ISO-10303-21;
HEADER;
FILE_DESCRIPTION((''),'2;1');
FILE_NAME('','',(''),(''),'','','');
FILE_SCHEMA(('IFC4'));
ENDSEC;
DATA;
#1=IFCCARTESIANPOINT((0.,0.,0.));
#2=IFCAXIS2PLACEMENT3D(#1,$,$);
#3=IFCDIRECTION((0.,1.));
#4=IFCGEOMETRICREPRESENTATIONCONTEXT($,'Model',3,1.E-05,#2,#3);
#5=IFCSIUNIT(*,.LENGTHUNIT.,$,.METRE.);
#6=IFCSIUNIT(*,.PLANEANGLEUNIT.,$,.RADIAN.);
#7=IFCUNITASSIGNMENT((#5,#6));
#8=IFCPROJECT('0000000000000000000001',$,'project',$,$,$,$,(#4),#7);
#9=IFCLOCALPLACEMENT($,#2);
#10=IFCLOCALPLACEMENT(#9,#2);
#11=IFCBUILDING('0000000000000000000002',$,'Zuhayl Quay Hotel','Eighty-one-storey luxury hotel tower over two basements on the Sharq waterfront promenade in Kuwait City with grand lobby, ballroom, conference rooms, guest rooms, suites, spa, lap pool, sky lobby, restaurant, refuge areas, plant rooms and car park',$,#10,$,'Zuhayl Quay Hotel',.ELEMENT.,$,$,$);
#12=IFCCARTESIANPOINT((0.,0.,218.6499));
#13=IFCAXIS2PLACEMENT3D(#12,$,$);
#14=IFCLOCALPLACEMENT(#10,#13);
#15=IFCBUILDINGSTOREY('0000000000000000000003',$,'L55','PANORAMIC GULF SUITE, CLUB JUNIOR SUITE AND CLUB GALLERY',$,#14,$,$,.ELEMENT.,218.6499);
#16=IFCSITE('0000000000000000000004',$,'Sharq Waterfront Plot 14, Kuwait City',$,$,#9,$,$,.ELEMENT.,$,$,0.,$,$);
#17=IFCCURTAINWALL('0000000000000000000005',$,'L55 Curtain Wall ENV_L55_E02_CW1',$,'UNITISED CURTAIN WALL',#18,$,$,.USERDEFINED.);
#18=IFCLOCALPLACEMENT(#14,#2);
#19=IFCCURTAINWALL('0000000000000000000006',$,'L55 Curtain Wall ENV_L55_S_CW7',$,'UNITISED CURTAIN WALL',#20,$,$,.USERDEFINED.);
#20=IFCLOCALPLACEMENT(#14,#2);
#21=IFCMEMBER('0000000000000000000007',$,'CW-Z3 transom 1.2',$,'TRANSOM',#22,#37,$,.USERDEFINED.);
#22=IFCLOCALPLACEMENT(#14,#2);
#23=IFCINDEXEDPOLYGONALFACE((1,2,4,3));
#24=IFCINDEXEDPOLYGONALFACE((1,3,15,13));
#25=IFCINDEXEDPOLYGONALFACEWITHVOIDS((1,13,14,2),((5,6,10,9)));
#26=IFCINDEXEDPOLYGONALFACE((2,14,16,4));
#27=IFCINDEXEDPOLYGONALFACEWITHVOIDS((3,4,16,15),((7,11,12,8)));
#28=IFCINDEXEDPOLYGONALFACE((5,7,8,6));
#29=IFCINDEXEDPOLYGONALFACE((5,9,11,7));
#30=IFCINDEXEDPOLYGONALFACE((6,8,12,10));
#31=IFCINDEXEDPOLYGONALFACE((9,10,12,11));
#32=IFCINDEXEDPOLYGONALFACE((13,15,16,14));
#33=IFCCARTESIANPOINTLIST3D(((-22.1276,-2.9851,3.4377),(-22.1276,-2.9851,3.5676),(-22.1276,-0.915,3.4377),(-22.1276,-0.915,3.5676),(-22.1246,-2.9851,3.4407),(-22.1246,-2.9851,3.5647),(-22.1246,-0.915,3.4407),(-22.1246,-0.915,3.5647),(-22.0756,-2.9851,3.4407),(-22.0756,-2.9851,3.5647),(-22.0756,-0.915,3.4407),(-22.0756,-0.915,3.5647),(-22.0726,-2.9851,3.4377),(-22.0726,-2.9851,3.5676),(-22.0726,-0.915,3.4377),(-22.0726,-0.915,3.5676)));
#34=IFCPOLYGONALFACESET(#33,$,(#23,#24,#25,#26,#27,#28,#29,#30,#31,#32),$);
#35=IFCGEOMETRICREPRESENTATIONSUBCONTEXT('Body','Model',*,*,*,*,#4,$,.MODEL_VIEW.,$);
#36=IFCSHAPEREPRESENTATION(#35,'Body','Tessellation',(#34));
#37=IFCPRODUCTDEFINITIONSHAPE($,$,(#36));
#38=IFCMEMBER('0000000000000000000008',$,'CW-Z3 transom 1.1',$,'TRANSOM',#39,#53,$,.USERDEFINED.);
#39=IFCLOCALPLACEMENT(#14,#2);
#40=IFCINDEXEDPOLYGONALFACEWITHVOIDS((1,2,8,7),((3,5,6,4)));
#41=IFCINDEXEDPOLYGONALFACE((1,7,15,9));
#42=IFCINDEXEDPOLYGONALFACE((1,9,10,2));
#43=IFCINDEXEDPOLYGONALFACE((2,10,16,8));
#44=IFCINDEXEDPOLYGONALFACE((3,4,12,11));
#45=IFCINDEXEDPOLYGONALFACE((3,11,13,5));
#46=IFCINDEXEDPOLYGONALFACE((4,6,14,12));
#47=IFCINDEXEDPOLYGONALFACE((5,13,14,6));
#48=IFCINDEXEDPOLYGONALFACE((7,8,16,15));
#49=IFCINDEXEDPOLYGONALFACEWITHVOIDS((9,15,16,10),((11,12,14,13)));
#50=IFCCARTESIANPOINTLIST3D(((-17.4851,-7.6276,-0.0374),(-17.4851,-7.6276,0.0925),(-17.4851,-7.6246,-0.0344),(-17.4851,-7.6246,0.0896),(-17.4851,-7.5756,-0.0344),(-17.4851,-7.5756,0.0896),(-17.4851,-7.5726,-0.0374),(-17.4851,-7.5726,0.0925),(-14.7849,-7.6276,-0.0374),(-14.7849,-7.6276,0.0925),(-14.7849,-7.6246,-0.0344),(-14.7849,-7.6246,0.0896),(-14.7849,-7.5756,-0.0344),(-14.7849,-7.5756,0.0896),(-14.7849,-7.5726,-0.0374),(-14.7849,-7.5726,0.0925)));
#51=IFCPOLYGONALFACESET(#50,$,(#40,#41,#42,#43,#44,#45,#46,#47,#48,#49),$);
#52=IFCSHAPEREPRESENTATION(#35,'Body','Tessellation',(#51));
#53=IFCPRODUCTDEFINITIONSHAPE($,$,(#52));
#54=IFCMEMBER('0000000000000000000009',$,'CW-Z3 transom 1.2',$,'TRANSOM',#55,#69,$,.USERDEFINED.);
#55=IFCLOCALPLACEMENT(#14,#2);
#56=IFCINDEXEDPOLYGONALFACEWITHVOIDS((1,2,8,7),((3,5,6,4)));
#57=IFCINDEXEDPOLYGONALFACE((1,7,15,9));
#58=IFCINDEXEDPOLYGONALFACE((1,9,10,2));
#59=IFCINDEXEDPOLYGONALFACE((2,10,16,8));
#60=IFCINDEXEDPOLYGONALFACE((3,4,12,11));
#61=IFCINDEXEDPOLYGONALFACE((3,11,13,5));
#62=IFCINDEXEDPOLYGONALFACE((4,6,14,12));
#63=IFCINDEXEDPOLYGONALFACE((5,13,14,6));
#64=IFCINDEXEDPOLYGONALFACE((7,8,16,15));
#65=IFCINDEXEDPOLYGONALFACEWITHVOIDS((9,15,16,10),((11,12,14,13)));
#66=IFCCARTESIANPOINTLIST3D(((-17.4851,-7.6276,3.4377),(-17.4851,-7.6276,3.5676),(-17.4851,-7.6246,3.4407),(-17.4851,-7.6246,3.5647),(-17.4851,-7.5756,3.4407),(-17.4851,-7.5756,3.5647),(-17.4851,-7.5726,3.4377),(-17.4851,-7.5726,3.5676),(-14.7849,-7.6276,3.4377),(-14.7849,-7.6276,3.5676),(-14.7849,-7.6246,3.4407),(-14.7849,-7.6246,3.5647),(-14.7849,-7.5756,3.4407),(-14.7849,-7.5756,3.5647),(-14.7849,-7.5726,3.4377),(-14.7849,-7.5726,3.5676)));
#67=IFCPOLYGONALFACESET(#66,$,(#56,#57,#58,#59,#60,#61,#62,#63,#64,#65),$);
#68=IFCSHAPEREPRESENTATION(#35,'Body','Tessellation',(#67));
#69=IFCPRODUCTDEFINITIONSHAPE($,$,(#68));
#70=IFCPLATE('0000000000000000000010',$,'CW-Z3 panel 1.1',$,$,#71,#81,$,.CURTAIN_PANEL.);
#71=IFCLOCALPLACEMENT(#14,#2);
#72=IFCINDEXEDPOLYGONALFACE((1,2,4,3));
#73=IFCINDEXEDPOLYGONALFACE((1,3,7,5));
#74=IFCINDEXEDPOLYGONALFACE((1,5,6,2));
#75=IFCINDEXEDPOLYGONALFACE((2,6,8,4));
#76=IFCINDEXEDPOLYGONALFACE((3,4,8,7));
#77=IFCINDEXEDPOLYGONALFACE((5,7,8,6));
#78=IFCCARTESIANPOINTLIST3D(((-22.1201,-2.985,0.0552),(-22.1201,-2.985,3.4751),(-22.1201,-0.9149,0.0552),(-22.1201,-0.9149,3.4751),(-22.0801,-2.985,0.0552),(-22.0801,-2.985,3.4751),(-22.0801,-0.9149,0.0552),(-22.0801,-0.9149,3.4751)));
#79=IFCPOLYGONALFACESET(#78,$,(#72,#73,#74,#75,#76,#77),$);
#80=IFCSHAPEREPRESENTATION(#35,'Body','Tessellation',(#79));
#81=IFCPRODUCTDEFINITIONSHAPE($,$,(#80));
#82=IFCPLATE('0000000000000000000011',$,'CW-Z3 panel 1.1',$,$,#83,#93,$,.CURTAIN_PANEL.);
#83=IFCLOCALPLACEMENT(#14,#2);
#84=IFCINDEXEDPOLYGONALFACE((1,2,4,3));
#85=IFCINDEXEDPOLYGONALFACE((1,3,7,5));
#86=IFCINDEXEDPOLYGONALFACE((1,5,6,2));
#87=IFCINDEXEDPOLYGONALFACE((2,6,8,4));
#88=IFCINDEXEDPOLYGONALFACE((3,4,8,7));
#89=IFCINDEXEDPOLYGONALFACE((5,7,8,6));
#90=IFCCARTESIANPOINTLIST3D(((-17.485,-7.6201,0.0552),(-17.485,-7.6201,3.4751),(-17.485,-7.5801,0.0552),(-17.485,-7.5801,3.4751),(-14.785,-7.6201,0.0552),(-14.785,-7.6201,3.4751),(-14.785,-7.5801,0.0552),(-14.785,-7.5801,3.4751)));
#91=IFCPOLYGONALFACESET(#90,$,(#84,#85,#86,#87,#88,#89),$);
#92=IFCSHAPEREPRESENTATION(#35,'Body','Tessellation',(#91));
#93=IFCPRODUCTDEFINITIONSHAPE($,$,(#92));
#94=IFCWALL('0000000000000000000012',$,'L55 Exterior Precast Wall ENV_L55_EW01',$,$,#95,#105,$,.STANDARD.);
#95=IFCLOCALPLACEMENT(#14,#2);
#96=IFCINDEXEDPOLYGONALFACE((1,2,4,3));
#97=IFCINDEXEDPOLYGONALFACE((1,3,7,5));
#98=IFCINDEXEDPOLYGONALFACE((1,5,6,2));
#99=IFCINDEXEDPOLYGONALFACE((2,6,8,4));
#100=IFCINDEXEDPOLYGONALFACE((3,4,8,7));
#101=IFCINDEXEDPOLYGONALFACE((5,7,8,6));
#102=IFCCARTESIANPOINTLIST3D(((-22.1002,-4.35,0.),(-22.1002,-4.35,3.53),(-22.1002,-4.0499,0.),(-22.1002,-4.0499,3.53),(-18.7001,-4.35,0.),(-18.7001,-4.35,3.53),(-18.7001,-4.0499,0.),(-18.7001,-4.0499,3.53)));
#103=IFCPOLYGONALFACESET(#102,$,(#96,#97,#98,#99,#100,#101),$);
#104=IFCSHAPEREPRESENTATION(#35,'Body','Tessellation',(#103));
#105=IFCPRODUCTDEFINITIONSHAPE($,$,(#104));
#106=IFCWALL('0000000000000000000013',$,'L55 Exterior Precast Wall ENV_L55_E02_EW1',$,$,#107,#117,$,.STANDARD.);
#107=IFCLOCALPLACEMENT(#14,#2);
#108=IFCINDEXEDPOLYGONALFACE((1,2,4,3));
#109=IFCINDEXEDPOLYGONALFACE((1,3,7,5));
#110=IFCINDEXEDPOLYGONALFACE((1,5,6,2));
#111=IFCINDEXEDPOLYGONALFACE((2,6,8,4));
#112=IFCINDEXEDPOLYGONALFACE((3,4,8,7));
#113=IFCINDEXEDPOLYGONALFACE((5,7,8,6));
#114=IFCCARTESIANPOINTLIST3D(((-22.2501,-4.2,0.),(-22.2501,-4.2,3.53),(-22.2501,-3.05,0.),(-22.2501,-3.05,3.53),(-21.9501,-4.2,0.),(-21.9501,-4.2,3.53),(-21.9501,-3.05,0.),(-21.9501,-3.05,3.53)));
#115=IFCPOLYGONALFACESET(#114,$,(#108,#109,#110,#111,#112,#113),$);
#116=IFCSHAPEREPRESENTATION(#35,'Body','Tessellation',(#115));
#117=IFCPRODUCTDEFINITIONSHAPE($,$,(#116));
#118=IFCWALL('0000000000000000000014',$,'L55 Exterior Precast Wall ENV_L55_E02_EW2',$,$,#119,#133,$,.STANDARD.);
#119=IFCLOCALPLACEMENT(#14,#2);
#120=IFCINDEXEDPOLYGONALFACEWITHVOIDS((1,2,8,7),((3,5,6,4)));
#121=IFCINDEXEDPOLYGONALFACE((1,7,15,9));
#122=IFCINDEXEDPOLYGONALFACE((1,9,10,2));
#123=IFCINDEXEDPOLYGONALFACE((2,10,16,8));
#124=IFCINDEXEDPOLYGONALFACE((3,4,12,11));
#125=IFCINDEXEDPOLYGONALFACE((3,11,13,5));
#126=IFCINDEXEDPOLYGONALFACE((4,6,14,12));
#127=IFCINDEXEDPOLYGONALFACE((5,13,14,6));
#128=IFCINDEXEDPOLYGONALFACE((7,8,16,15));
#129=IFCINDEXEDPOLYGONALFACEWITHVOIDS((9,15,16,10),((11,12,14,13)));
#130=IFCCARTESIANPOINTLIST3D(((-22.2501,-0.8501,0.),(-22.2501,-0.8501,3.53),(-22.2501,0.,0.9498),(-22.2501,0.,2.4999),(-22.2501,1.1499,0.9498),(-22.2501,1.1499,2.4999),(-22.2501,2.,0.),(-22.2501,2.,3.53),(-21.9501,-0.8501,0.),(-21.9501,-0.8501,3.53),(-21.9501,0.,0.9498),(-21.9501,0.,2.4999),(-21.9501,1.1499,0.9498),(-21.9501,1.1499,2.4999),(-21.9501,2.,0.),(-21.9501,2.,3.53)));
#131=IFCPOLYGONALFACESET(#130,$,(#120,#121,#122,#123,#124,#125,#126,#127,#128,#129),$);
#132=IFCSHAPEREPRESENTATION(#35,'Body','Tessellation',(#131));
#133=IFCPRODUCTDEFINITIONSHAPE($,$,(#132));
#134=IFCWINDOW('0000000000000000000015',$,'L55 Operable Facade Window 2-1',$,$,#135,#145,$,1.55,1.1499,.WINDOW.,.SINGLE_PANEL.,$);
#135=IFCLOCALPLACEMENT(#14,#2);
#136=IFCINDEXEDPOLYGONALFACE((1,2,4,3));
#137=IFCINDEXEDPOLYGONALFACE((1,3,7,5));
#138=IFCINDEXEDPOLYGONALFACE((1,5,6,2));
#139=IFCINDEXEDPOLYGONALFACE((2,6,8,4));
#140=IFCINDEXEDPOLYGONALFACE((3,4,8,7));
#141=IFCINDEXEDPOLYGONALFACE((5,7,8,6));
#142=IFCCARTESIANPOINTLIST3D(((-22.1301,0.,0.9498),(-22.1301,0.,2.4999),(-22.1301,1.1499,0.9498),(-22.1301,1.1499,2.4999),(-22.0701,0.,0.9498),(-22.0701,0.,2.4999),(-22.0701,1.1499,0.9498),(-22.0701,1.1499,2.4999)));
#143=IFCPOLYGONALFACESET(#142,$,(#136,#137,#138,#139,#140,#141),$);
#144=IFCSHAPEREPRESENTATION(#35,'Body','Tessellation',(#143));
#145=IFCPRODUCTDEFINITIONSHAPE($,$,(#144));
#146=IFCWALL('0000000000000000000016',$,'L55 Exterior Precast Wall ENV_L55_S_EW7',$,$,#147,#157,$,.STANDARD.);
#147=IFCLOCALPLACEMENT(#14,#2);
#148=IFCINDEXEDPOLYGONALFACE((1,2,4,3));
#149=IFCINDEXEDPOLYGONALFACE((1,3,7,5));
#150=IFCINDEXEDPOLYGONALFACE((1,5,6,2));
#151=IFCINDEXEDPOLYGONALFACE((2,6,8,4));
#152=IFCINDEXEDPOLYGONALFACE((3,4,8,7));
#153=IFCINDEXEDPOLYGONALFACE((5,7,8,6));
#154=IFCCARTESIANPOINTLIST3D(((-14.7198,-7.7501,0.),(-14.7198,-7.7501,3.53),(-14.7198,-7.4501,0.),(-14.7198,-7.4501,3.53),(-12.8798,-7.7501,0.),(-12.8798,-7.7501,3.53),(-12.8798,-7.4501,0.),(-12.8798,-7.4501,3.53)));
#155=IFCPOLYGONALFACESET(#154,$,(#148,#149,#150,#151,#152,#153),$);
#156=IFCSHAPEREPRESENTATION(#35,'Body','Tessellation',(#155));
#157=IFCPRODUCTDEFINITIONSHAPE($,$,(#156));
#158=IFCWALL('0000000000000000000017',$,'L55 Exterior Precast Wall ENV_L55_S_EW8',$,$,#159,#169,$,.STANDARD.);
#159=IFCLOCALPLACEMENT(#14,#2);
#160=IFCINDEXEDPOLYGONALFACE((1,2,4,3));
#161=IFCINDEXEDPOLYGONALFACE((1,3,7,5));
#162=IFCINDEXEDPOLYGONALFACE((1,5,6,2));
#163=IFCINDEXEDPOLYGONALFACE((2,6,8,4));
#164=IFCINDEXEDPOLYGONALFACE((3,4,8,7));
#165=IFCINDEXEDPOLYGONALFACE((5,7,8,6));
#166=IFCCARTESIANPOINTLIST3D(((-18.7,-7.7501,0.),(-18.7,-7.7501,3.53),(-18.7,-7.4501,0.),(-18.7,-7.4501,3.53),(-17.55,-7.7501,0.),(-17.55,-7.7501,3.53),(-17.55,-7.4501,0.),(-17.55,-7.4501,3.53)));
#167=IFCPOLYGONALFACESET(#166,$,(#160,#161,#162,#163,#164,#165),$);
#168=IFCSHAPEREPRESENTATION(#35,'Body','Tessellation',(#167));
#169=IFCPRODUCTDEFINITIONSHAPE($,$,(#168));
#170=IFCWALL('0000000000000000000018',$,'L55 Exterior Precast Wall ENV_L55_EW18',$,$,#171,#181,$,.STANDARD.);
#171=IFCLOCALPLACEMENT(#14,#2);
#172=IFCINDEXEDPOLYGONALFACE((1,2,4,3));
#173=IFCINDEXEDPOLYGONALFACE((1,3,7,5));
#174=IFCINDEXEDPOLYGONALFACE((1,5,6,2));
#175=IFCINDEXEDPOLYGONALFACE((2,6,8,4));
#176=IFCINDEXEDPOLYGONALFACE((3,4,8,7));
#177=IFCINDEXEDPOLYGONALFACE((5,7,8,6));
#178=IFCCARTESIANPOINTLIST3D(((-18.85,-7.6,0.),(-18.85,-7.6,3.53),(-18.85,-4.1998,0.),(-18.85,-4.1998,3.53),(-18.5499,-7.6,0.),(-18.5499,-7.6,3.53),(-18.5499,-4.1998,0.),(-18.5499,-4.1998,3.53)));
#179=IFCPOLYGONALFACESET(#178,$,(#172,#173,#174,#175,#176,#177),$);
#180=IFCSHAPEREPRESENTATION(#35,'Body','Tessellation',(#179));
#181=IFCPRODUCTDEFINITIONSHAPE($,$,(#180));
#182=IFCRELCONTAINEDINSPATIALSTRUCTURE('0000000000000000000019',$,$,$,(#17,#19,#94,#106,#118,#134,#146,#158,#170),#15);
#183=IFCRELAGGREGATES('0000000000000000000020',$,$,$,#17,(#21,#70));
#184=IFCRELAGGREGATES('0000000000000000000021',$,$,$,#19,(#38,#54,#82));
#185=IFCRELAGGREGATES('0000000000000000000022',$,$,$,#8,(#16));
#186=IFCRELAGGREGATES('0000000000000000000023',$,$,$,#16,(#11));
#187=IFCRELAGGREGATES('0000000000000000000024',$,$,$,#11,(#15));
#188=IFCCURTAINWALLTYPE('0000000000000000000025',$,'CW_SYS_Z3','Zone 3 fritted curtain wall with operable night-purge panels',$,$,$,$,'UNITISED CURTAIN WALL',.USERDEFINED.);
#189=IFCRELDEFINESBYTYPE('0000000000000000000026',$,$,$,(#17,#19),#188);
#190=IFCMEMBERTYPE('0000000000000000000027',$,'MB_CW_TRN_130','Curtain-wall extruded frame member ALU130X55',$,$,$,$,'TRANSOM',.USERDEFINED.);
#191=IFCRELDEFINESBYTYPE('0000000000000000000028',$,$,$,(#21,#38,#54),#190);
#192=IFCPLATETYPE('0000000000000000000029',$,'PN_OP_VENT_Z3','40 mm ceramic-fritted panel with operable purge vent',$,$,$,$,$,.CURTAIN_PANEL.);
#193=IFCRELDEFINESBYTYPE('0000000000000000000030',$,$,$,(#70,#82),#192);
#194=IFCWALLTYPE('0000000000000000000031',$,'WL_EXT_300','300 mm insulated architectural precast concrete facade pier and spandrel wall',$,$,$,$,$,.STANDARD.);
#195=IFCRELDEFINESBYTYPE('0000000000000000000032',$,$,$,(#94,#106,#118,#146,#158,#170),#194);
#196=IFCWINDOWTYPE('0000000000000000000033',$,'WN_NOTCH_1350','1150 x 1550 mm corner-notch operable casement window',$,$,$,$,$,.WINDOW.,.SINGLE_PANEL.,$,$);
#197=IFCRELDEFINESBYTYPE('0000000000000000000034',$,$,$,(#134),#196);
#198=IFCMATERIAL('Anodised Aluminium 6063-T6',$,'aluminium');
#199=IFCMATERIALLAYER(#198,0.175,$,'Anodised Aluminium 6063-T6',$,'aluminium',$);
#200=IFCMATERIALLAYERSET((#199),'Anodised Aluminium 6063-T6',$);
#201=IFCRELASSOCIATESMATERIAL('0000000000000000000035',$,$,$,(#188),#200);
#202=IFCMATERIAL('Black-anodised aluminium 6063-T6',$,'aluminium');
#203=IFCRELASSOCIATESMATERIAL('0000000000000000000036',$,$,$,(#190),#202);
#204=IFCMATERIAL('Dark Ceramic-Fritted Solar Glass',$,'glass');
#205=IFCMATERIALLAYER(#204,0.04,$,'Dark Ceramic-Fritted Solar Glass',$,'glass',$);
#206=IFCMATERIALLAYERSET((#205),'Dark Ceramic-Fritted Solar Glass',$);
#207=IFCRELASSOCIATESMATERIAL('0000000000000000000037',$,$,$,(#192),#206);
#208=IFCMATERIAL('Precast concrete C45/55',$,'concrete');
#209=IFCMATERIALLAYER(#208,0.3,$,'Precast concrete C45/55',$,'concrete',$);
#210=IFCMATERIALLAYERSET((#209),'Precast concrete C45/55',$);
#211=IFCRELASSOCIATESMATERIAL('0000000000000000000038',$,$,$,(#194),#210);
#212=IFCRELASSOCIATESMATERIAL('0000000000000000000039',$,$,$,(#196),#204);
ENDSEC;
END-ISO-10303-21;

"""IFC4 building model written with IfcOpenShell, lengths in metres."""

from ifc_helpers import new_model, si_unit, direction, frame, frame_2d, origin, origin_2d, place, context, subcontext, project, spatial, rectangle, hollow_rectangle, extrude, material, layer, layer_set, material_profile, profile_set, type_object, element, fill, aggregate, save


model = new_model("IFC4")

# Units and contexts
model_context = context("Model", 3, precision=1e-05, world=origin(), true_north=direction((0.0, 1.0)))
body_context = subcontext(model_context, "Body", "Model", "MODEL_VIEW")
ifc_project = project(units=[si_unit("LENGTHUNIT", "METRE"), si_unit("PLANEANGLEUNIT", "RADIAN")], contexts=[model_context])

# Site, building, storey
site_placement = place(None, origin())
site = spatial("IfcSite", under=ifc_project, at=site_placement, Name="Sharq Waterfront Plot 14, Kuwait City", CompositionType="ELEMENT", RefElevation=0.0)
building_placement = place(site_placement, origin())
building = spatial("IfcBuilding", under=site, at=building_placement, Name="Zuhayl Quay Hotel", Description="Eighty-one-storey luxury hotel tower over two basements on the Sharq waterfront promenade in Kuwait City with grand lobby, ballroom, conference rooms, guest rooms, suites, spa, lap pool, sky lobby, restaurant, refuge areas, plant rooms and car park", LongName="Zuhayl Quay Hotel", CompositionType="ELEMENT")
storey_placement = place(building_placement, frame((0.0, 0.0, 218.6499)))
storey = spatial("IfcBuildingStorey", under=building, at=storey_placement, Name="L55", Description="PANORAMIC GULF SUITE, CLUB JUNIOR SUITE AND CLUB GALLERY", CompositionType="ELEMENT", Elevation=218.6499)

# Curtain wall
ifc_material_1 = material(Name="Anodised Aluminium 6063-T6", Category="aluminium")
ifc_layer_1 = layer(ifc_material_1, 0.175, Name="Anodised Aluminium 6063-T6", Category="aluminium")
ifc_layer_set_1 = layer_set([ifc_layer_1], Name="Anodised Aluminium 6063-T6")
curtain_wall_type = type_object("IfcCurtainWallType", Name="CW_SYS_Z3", Description="Zone 3 fritted curtain wall with operable night-purge panels", ElementType="UNITISED CURTAIN WALL", PredefinedType="USERDEFINED", material=ifc_layer_set_1)
curtain_wall_1_placement = place(storey_placement, origin())
curtain_wall_1 = element("IfcCurtainWall", 1, at=curtain_wall_1_placement, inside=storey, type_object=curtain_wall_type, Name="L55 Curtain Wall ENV_L55_E02_CW1", ObjectType="UNITISED CURTAIN WALL", PredefinedType="USERDEFINED")
ifc_material_2 = material(Name="Black-anodised aluminium 6063-T6", Category="aluminium")

# Curtain wall
curtain_wall_2_placement = place(storey_placement, origin())
curtain_wall_2 = element("IfcCurtainWall", 2, at=curtain_wall_2_placement, inside=storey, type_object=curtain_wall_type, Name="L55 Curtain Wall ENV_L55_S_CW7", ObjectType="UNITISED CURTAIN WALL", PredefinedType="USERDEFINED")

# Members
ifc_material_profile_1 = material_profile(ifc_material_2, hollow_rectangle(XDim=0.0549, YDim=0.1299, WallThickness=0.0029, at=origin_2d()), Name="ALU130X55")
ifc_profile_set_1 = profile_set([ifc_material_profile_1], Name="Black-anodised aluminium 6063-T6")
member_type_1 = type_object("IfcMemberType", Name="MB_CW_TRN_130", Description="Curtain-wall extruded frame member ALU130X55", ElementType="TRANSOM", PredefinedType="USERDEFINED", material=ifc_profile_set_1)
member_1_placement = place(storey_placement, frame((-22.1001, -2.9851, 3.5027), z_axis=(0.0, 1.0, 0.0), x_axis=(-1.0, 0.0, 0.0)))
member_1 = element("IfcMember", 3, at=member_1_placement, type_object=member_type_1, Name="CW-Z3 transom 1.2", ObjectType="TRANSOM", PredefinedType="USERDEFINED", context=body_context, shape_type="SweptSolid", body=[
    extrude(hollow_rectangle(XDim=0.0549, YDim=0.1299, WallThickness=0.0029, at=origin_2d()), origin(), (0.0, 0.0, 1.0), 2.0701),
])
member_2_placement = place(storey_placement, frame((-14.7849, -7.6001, 0.0276), z_axis=(-1.0, 0.0, 0.0), x_axis=(0.0, -1.0, 0.0)))
member_2 = element("IfcMember", 4, at=member_2_placement, type_object=member_type_1, Name="CW-Z3 transom 1.1", ObjectType="TRANSOM", PredefinedType="USERDEFINED", context=body_context, shape_type="SweptSolid", body=[
    extrude(hollow_rectangle(XDim=0.0549, YDim=0.1299, WallThickness=0.0029, at=origin_2d()), origin(), (0.0, 0.0, 1.0), 2.7002),
])
member_3_placement = place(storey_placement, frame((-14.7849, -7.6001, 3.5027), z_axis=(-1.0, 0.0, 0.0), x_axis=(0.0, -1.0, 0.0)))
member_3 = element("IfcMember", 5, at=member_3_placement, type_object=member_type_1, Name="CW-Z3 transom 1.2", ObjectType="TRANSOM", PredefinedType="USERDEFINED", context=body_context, shape_type="SweptSolid", body=[
    extrude(hollow_rectangle(XDim=0.0549, YDim=0.1299, WallThickness=0.0029, at=origin_2d()), origin(), (0.0, 0.0, 1.0), 2.7002),
])

# Plates
ifc_material_3 = material(Name="Dark Ceramic-Fritted Solar Glass", Category="glass")
ifc_layer_2 = layer(ifc_material_3, 0.04, Name="Dark Ceramic-Fritted Solar Glass", Category="glass")
ifc_layer_set_2 = layer_set([ifc_layer_2], Name="Dark Ceramic-Fritted Solar Glass")
plate_type = type_object("IfcPlateType", Name="PN_OP_VENT_Z3", Description="40 mm ceramic-fritted panel with operable purge vent", PredefinedType="CURTAIN_PANEL", material=ifc_layer_set_2)
plate_1_placement = place(storey_placement, frame((-22.1001, -1.95, 0.0552), z_axis=(0.0, 0.0, 1.0), x_axis=(0.0, 1.0, 0.0)))
plate_1 = element("IfcPlate", 6, at=plate_1_placement, type_object=plate_type, Name="CW-Z3 panel 1.1", PredefinedType="CURTAIN_PANEL", context=body_context, shape_type="SweptSolid", body=[
    extrude(rectangle(XDim=2.0701, YDim=0.04, at=origin_2d()), origin(), (0.0, 0.0, 1.0), 3.4199),
])
aggregate(curtain_wall_1, [member_1, plate_1])
plate_2_placement = place(storey_placement, frame((-16.135, -7.6001, 0.0552), z_axis=(0.0, 0.0, 1.0), x_axis=(-1.0, 0.0, 0.0)))
plate_2 = element("IfcPlate", 7, at=plate_2_placement, type_object=plate_type, Name="CW-Z3 panel 1.1", PredefinedType="CURTAIN_PANEL", context=body_context, shape_type="SweptSolid", body=[
    extrude(rectangle(XDim=2.7, YDim=0.04, at=origin_2d()), origin(), (0.0, 0.0, 1.0), 3.4199),
])
aggregate(curtain_wall_2, [member_2, member_3, plate_2])

# Walls
ifc_material_4 = material(Name="Precast concrete C45/55", Category="concrete")
ifc_layer_3 = layer(ifc_material_4, 0.3, Name="Precast concrete C45/55", Category="concrete")
ifc_layer_set_3 = layer_set([ifc_layer_3], Name="Precast concrete C45/55")
wall_type_1 = type_object("IfcWallType", Name="WL_EXT_300", Description="300 mm insulated architectural precast concrete facade pier and spandrel wall", PredefinedType="STANDARD", material=ifc_layer_set_3)
wall_1_placement = place(storey_placement, frame((-18.7, -4.2, 0.0), z_axis=(0.0, 0.0, 1.0), x_axis=(-1.0, 0.0, 0.0)))
element("IfcWall", 8, at=wall_1_placement, inside=storey, type_object=wall_type_1, Name="L55 Exterior Precast Wall ENV_L55_EW01", PredefinedType="STANDARD", context=body_context, shape_type="SweptSolid", body=[
    extrude(rectangle(XDim=3.4001, YDim=0.3, at=frame_2d((1.7002, 0.0))), origin(), (0.0, 0.0, 1.0), 3.53),
])
wall_2_placement = place(storey_placement, frame((-22.1001, -4.2, 0.0), z_axis=(0.0, 0.0, 1.0), x_axis=(0.0, 1.0, 0.0)))
element("IfcWall", 9, at=wall_2_placement, inside=storey, type_object=wall_type_1, Name="L55 Exterior Precast Wall ENV_L55_E02_EW1", PredefinedType="STANDARD", context=body_context, shape_type="SweptSolid", body=[
    extrude(rectangle(XDim=1.1499, YDim=0.3, at=frame_2d((0.575, 0.0))), origin(), (0.0, 0.0, 1.0), 3.53),
])

# Wall, opening, window
wall_3_placement = place(storey_placement, frame((-22.1001, -0.8501, 0.0), z_axis=(0.0, 0.0, 1.0), x_axis=(0.0, 1.0, 0.0)))
wall_3 = element("IfcWall", 10, at=wall_3_placement, inside=storey, type_object=wall_type_1, Name="L55 Exterior Precast Wall ENV_L55_E02_EW2", PredefinedType="STANDARD", context=body_context, shape_type="SweptSolid", body=[
    extrude(rectangle(XDim=2.8501, YDim=0.3, at=frame_2d((1.425, 0.0))), origin(), (0.0, 0.0, 1.0), 3.53),
])
opening_1_placement = place(wall_3_placement, frame((0.8501, 0.0, 0.95)))
opening_1 = element("IfcOpeningElement", 11, at=opening_1_placement, cuts=wall_3, PredefinedType="OPENING", context=body_context, shape_type="SweptSolid", body=[
    extrude(rectangle(XDim=1.1499, YDim=1.55, at=frame_2d((0.575, 0.7749))), frame((0.0, 0.1599, 0.0), z_axis=(0.0, -1.0, 0.0), x_axis=(1.0, 0.0, 0.0)), (0.0, 0.0, 1.0), 0.3201),
])
window_type = type_object("IfcWindowType", Name="WN_NOTCH_1350", Description="1150 x 1550 mm corner-notch operable casement window", PartitioningType="SINGLE_PANEL", PredefinedType="WINDOW", material=ifc_material_3)
window_placement = place(opening_1_placement, origin())
window = element("IfcWindow", 12, at=window_placement, inside=storey, type_object=window_type, Name="L55 Operable Facade Window 2-1", OverallHeight=1.55, OverallWidth=1.1499, PartitioningType="SINGLE_PANEL", PredefinedType="WINDOW", context=body_context, shape_type="SweptSolid", body=[
    extrude(rectangle(XDim=1.1499, YDim=1.55, at=frame_2d((0.575, 0.7749))), frame((0.0, 0.03, 0.0), z_axis=(0.0, -1.0, 0.0), x_axis=(1.0, 0.0, 0.0)), (0.0, 0.0, 1.0), 0.0601),
])
fill(opening_1, window)

# Walls
wall_4_placement = place(storey_placement, frame((-12.8799, -7.6001, 0.0), z_axis=(0.0, 0.0, 1.0), x_axis=(-1.0, 0.0, 0.0)))
element("IfcWall", 13, at=wall_4_placement, inside=storey, type_object=wall_type_1, Name="L55 Exterior Precast Wall ENV_L55_S_EW7", PredefinedType="STANDARD", context=body_context, shape_type="SweptSolid", body=[
    extrude(rectangle(XDim=1.8401, YDim=0.3, at=frame_2d((0.9199, 0.0))), origin(), (0.0, 0.0, 1.0), 3.53),
])
wall_5_placement = place(storey_placement, frame((-17.55, -7.6001, 0.0), z_axis=(0.0, 0.0, 1.0), x_axis=(-1.0, 0.0, 0.0)))
element("IfcWall", 14, at=wall_5_placement, inside=storey, type_object=wall_type_1, Name="L55 Exterior Precast Wall ENV_L55_S_EW8", PredefinedType="STANDARD", context=body_context, shape_type="SweptSolid", body=[
    extrude(rectangle(XDim=1.1499, YDim=0.3, at=frame_2d((0.575, 0.0))), origin(), (0.0, 0.0, 1.0), 3.53),
])
wall_6_placement = place(storey_placement, frame((-18.7, -7.6001, 0.0), z_axis=(0.0, 0.0, 1.0), x_axis=(0.0, 1.0, 0.0)))
element("IfcWall", 15, at=wall_6_placement, inside=storey, type_object=wall_type_1, Name="L55 Exterior Precast Wall ENV_L55_EW18", PredefinedType="STANDARD", context=body_context, shape_type="SweptSolid", body=[
    extrude(rectangle(XDim=3.4001, YDim=0.3, at=frame_2d((1.7002, 0.0))), origin(), (0.0, 0.0, 1.0), 3.53),
])

save(model, "model.ifc")
